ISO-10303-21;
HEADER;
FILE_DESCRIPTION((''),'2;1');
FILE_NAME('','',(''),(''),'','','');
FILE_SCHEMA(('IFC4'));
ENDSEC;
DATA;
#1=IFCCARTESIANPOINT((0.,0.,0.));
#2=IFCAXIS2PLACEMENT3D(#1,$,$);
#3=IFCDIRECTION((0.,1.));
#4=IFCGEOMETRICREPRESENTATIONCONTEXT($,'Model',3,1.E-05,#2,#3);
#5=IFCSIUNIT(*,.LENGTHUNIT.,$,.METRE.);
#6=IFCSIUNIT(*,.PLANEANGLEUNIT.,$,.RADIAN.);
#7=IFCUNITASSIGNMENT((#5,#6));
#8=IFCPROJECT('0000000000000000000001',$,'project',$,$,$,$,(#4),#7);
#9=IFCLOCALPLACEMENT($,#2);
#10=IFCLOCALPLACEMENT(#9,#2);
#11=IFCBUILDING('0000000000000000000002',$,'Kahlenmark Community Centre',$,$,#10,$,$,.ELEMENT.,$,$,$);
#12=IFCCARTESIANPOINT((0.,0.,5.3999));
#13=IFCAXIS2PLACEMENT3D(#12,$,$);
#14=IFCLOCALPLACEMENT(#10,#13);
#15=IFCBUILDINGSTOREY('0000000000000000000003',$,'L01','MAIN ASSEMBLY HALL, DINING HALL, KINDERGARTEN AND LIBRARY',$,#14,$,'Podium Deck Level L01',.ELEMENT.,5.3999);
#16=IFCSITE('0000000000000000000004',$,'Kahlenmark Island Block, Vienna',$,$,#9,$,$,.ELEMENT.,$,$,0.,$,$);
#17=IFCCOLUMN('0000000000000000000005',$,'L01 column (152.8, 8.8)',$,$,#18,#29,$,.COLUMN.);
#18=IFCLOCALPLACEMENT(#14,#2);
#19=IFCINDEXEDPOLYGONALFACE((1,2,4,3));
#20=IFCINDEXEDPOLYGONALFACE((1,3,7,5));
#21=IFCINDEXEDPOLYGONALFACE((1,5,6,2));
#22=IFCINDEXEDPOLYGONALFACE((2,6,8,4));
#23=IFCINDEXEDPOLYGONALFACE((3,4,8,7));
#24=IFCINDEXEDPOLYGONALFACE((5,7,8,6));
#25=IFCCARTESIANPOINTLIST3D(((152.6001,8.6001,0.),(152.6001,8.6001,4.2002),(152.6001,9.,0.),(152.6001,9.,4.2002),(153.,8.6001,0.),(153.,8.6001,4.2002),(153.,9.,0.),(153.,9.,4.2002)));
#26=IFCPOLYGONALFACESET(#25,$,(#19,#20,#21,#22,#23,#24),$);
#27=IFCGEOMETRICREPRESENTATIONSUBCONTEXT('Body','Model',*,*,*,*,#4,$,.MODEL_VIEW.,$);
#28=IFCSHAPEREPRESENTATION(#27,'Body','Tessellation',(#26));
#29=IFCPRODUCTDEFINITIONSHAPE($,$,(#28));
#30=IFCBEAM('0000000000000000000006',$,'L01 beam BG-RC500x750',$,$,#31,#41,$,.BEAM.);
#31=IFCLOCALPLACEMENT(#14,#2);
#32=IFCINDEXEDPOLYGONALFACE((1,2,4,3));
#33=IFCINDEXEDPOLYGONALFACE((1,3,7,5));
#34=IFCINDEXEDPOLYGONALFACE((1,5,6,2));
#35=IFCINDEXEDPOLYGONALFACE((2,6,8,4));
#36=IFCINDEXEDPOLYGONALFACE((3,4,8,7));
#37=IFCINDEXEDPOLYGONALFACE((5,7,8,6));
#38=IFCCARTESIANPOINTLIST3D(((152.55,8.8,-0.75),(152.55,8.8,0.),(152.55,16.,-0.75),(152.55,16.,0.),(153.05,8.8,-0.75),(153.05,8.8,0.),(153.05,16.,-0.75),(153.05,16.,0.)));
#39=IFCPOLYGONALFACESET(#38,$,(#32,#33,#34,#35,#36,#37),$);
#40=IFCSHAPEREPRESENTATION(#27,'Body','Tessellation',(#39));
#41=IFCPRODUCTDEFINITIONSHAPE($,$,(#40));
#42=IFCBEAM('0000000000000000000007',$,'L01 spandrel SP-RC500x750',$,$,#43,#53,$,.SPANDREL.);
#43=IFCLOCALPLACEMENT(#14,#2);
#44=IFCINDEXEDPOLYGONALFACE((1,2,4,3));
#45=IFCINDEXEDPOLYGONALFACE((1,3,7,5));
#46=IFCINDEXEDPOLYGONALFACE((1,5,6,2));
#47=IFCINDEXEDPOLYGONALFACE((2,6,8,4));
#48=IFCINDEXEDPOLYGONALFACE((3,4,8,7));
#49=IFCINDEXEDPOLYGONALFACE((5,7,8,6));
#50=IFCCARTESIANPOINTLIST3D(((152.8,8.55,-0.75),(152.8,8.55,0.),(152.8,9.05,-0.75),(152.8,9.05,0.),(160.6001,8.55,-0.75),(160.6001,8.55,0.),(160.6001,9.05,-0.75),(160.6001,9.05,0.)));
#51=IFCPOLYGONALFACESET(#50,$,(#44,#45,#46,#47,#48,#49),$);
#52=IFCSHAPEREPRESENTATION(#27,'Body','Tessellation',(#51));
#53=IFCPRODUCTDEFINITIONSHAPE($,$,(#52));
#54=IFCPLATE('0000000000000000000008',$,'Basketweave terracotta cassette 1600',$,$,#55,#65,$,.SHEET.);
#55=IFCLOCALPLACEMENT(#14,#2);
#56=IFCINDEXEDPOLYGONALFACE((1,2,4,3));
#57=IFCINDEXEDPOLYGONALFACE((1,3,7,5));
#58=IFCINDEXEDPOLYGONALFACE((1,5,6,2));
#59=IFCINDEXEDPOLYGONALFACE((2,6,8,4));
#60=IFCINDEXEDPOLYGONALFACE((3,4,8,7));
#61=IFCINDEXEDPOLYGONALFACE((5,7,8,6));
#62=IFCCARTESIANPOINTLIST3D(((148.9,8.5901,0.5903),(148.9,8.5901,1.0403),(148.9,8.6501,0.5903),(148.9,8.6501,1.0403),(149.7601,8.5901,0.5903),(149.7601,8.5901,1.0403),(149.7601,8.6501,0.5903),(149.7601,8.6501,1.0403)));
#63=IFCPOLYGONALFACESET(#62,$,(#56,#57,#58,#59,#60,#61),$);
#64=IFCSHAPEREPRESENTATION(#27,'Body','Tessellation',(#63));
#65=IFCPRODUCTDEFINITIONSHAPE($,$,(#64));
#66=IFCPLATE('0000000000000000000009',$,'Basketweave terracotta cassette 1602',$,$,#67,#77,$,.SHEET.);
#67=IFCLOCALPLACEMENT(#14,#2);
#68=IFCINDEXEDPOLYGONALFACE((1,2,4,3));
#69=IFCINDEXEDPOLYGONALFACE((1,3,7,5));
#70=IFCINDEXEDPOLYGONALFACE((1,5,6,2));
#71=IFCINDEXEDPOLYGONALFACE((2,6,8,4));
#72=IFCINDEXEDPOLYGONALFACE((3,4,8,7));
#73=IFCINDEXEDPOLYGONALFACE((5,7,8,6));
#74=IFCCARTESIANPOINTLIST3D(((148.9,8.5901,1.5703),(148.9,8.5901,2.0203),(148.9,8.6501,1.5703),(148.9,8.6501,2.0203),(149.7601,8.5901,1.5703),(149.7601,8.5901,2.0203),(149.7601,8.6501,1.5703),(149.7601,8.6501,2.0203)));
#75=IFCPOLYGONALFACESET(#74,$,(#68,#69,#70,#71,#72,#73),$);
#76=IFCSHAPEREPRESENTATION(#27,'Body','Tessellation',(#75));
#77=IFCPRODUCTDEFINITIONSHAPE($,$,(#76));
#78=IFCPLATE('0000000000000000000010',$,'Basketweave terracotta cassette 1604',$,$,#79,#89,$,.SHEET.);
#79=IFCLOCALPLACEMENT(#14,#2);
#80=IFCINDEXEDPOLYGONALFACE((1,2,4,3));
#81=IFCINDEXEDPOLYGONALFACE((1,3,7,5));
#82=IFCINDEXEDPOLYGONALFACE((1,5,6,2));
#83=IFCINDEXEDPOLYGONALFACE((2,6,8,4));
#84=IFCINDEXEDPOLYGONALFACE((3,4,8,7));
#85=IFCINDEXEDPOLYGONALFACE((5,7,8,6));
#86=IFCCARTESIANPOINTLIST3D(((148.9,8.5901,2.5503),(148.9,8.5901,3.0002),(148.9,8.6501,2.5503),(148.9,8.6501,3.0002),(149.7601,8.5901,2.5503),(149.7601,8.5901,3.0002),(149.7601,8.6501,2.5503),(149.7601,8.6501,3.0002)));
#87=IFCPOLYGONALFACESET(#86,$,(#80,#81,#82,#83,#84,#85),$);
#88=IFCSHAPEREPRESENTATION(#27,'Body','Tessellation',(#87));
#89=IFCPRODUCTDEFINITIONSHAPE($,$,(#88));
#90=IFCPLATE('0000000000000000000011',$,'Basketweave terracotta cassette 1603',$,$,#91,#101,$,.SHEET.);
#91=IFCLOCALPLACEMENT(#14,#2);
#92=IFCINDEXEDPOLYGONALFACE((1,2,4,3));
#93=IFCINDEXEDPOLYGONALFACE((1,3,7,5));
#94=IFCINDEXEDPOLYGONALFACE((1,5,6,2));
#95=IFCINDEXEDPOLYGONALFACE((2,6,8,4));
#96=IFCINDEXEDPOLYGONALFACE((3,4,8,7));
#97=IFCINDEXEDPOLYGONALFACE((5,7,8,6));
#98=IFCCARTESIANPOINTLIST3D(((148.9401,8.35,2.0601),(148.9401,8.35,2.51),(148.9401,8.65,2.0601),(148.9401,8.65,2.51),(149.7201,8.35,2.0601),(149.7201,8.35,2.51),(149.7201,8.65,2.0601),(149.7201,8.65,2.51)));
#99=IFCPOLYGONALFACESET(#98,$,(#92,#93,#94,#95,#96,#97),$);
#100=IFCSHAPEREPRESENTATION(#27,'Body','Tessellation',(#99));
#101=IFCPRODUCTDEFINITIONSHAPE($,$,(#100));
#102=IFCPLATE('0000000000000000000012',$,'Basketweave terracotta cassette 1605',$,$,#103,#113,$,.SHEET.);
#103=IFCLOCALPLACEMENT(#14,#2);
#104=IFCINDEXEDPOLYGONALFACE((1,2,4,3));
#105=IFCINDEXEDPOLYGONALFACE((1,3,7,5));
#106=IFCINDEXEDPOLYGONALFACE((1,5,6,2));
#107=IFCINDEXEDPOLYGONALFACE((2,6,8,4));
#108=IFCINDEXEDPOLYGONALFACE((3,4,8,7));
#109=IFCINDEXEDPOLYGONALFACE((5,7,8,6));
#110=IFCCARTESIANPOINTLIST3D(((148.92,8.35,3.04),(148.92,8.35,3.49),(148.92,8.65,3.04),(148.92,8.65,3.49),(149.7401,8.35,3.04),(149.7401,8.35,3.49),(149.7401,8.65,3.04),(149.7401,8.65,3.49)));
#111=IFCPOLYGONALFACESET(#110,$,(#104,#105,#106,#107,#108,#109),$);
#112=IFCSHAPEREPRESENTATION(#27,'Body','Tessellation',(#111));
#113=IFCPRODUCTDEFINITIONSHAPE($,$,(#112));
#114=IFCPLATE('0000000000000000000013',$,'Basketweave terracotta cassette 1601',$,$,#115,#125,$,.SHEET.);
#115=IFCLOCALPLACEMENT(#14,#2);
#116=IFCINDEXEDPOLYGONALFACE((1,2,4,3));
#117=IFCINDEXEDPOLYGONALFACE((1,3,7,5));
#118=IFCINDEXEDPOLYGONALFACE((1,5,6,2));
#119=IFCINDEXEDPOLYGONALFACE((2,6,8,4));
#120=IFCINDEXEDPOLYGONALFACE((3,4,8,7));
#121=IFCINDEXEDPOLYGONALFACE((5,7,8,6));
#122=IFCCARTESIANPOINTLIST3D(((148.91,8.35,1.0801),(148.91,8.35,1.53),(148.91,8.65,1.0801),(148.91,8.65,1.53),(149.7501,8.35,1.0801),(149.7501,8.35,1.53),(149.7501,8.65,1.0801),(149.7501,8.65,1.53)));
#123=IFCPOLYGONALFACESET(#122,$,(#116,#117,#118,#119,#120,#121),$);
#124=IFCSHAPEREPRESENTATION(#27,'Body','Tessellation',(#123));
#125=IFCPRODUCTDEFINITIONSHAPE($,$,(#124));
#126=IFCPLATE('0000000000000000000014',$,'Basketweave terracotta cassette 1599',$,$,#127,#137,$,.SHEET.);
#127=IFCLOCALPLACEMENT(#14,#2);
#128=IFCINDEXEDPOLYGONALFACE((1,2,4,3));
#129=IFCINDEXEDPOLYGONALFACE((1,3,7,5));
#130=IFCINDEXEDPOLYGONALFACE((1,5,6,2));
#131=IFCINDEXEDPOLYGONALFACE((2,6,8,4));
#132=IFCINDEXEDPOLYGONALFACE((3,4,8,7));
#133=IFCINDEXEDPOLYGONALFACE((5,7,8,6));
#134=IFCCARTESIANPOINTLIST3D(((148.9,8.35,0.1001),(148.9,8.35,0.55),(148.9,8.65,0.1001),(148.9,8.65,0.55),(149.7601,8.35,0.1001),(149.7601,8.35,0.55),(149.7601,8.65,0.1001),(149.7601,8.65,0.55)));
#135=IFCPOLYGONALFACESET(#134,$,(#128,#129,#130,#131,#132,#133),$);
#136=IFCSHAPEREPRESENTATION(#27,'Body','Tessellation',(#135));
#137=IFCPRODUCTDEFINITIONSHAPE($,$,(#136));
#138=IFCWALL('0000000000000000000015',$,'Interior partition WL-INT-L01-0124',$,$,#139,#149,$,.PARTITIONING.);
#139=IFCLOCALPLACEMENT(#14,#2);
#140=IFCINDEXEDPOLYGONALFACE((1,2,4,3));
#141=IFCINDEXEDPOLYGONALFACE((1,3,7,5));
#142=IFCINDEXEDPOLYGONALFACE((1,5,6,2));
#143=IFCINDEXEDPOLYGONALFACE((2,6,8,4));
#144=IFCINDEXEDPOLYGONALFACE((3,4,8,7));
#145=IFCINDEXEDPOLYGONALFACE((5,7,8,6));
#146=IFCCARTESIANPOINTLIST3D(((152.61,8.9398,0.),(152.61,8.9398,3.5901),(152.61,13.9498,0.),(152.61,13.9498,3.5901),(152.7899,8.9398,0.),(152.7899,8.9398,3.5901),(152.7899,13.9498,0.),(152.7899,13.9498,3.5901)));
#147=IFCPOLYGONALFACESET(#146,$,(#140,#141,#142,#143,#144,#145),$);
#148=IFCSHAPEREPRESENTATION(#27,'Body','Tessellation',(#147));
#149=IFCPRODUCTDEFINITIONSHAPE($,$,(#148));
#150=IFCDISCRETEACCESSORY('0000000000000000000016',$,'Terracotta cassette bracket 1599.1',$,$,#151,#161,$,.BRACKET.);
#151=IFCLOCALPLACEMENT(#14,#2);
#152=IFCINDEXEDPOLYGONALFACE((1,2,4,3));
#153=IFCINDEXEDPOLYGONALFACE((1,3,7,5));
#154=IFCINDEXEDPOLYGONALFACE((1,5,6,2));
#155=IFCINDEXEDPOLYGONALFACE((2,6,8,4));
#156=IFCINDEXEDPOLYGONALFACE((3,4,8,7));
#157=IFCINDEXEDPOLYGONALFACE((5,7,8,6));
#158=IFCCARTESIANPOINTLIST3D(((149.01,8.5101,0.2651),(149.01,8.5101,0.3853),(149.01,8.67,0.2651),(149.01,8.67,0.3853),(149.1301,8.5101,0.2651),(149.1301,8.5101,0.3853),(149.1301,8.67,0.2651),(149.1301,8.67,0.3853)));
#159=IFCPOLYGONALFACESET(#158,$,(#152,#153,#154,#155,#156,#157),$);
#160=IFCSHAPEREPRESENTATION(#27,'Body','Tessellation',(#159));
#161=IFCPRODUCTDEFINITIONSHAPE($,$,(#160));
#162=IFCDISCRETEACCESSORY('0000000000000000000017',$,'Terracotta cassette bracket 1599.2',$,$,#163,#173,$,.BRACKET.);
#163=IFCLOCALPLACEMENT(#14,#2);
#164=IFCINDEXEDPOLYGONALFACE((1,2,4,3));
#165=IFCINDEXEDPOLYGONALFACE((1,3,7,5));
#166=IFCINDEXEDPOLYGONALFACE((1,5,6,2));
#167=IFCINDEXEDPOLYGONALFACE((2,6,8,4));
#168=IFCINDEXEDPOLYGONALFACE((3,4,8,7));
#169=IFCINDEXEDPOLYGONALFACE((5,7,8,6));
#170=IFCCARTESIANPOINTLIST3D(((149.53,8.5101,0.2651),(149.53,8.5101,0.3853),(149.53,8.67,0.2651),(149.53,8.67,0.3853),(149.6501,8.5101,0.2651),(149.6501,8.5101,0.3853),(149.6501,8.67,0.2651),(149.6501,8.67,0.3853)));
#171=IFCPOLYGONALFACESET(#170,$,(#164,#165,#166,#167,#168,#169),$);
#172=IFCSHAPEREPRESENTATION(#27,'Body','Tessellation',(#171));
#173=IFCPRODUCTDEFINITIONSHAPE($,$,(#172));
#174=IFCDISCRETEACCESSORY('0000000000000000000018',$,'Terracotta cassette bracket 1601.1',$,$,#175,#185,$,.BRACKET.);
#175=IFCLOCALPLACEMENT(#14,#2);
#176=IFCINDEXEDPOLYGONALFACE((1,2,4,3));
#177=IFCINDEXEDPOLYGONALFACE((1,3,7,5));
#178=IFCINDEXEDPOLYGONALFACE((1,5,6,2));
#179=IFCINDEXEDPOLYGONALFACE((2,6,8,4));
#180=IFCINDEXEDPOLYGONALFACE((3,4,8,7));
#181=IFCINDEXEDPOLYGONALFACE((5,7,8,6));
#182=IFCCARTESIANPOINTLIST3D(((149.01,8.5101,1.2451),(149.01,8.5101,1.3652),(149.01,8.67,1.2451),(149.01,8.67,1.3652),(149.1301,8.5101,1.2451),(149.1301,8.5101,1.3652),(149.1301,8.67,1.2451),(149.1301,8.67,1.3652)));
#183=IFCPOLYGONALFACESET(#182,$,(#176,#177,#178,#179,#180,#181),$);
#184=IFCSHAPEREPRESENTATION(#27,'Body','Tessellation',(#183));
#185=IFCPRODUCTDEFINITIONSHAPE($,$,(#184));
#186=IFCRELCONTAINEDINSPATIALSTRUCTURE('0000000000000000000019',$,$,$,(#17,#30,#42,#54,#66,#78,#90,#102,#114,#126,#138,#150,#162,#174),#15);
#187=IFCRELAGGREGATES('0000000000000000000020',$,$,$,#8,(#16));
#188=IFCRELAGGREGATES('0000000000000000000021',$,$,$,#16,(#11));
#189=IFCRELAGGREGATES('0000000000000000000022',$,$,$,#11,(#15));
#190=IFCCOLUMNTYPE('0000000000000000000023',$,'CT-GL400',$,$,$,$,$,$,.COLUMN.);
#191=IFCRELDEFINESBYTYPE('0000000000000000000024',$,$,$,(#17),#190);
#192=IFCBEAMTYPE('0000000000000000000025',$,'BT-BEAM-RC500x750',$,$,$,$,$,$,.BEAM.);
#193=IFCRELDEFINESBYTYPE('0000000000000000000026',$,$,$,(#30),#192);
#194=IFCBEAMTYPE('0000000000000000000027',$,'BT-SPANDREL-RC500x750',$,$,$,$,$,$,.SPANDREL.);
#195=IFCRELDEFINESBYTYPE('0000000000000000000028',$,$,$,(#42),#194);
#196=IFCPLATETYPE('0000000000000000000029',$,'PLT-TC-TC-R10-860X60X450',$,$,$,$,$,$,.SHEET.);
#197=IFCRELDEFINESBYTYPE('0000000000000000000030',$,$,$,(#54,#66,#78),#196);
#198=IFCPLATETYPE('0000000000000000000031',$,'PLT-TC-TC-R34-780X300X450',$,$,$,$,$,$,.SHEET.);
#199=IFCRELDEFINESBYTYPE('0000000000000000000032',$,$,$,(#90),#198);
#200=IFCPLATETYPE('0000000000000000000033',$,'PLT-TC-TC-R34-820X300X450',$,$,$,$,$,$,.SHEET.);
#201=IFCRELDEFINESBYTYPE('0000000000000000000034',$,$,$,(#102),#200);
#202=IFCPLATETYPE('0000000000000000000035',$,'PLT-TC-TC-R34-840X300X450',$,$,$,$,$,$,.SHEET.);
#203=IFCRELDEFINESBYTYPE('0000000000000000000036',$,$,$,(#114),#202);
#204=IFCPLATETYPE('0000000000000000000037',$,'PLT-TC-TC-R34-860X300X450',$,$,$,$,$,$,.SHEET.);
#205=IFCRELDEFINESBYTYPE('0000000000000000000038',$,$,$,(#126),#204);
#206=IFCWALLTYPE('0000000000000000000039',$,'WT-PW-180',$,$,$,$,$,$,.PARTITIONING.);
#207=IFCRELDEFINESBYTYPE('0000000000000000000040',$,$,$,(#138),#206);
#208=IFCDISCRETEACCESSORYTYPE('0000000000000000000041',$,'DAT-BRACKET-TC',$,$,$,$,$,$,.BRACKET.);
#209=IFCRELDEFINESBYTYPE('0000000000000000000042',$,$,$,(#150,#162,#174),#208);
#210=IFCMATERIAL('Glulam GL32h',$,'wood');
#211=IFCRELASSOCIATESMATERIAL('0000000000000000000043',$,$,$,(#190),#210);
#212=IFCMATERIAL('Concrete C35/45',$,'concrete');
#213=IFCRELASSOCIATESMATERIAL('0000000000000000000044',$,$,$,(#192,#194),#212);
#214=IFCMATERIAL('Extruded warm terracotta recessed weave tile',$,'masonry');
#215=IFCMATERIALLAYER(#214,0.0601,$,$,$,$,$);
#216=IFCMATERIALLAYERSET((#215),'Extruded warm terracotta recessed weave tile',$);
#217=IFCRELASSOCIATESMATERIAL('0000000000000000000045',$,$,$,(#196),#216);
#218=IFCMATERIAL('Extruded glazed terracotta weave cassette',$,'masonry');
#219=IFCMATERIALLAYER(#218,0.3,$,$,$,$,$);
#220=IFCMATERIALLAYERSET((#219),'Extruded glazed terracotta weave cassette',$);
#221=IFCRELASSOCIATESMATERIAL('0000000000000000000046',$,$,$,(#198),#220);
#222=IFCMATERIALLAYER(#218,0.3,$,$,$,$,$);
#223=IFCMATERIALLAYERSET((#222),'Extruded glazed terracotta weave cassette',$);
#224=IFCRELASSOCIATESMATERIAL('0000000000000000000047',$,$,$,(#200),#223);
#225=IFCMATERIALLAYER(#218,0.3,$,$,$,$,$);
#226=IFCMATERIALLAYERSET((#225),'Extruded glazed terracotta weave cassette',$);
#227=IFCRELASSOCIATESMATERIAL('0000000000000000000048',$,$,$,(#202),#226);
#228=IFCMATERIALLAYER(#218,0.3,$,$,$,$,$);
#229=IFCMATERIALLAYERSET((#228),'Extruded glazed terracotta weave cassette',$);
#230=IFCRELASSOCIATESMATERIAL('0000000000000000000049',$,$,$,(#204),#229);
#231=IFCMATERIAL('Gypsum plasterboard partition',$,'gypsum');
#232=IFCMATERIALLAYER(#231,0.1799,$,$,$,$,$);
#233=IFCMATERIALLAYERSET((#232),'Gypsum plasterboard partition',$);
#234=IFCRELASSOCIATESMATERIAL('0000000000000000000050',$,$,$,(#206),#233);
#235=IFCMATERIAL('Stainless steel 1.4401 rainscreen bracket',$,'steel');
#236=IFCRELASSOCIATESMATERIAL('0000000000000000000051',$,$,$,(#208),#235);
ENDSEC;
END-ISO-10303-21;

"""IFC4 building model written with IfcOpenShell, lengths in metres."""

from ifc_helpers import new_model, si_unit, direction, frame, frame_2d, origin, origin_2d, place, context, subcontext, project, spatial, rectangle, extrude, material, layer, layer_set, material_profile, profile_set, type_object, element, save


model = new_model("IFC4")

# Units and contexts
model_context = context("Model", 3, precision=1e-05, world=origin(), true_north=direction((0.0, 1.0)))
body_context = subcontext(model_context, "Body", "Model", "MODEL_VIEW")
ifc_project = project(units=[si_unit("LENGTHUNIT", "METRE"), si_unit("PLANEANGLEUNIT", "RADIAN")], contexts=[model_context])

# Site, building, storey
site_placement = place(None, origin())
site = spatial("IfcSite", under=ifc_project, at=site_placement, Name="Kahlenmark Island Block, Vienna", CompositionType="ELEMENT", RefElevation=0.0)
building_placement = place(site_placement, origin())
building = spatial("IfcBuilding", under=site, at=building_placement, Name="Kahlenmark Community Centre", CompositionType="ELEMENT")
storey_placement = place(building_placement, frame((0.0, 0.0, 5.3999)))
storey = spatial("IfcBuildingStorey", under=building, at=storey_placement, Name="L01", Description="MAIN ASSEMBLY HALL, DINING HALL, KINDERGARTEN AND LIBRARY", LongName="Podium Deck Level L01", CompositionType="ELEMENT", Elevation=5.3999)

# Column
ifc_material_1 = material(Name="Glulam GL32h", Category="wood")
ifc_material_profile_1 = material_profile(ifc_material_1, rectangle(XDim=0.3999, YDim=0.3999, at=origin_2d()), Name="GL32h 400x400")
ifc_profile_set_1 = profile_set([ifc_material_profile_1], Name="Glulam GL32h")
column_type = type_object("IfcColumnType", Name="CT-GL400", PredefinedType="COLUMN", material=ifc_profile_set_1)
column_placement = place(storey_placement, frame((152.8, 8.8, 0.0), z_axis=(0.0, 0.0, 1.0), x_axis=(1.0, 0.0, 0.0)))
element("IfcColumn", 1, at=column_placement, inside=storey, type_object=column_type, Name="L01 column (152.8, 8.8)", PredefinedType="COLUMN", context=body_context, shape_type="SweptSolid", body=[
    extrude(rectangle(XDim=0.3999, YDim=0.3999, at=origin_2d()), origin(), (0.0, 0.0, 1.0), 4.2002),
])

# Beams
ifc_material_2 = material(Name="Concrete C35/45", Category="concrete")
ifc_material_profile_2 = material_profile(ifc_material_2, rectangle(XDim=0.5, YDim=0.75, at=origin_2d()), Name="RC 500x750")
ifc_profile_set_2 = profile_set([ifc_material_profile_2], Name="Concrete C35/45")
beam_type_1 = type_object("IfcBeamType", Name="BT-BEAM-RC500x750", PredefinedType="BEAM", material=ifc_profile_set_2)
beam_1_placement = place(storey_placement, frame((152.8, 8.8, -0.375), z_axis=(0.0, 1.0, 0.0), x_axis=(-1.0, 0.0, 0.0)))
element("IfcBeam", 2, at=beam_1_placement, inside=storey, type_object=beam_type_1, Name="L01 beam BG-RC500x750", PredefinedType="BEAM", context=body_context, shape_type="SweptSolid", body=[
    extrude(rectangle(XDim=0.5, YDim=0.75, at=origin_2d()), origin(), (0.0, 0.0, 1.0), 7.2),
])
ifc_material_profile_3 = material_profile(ifc_material_2, rectangle(XDim=0.5, YDim=0.75, at=origin_2d()), Name="RC 500x750")
ifc_profile_set_3 = profile_set([ifc_material_profile_3], Name="Concrete C35/45")
beam_type_2 = type_object("IfcBeamType", Name="BT-SPANDREL-RC500x750", PredefinedType="SPANDREL", material=ifc_profile_set_3)
beam_2_placement = place(storey_placement, frame((152.8, 8.8, -0.375), z_axis=(1.0, 0.0, 0.0), x_axis=(0.0, 1.0, 0.0)))
element("IfcBeam", 3, at=beam_2_placement, inside=storey, type_object=beam_type_2, Name="L01 spandrel SP-RC500x750", PredefinedType="SPANDREL", context=body_context, shape_type="SweptSolid", body=[
    extrude(rectangle(XDim=0.5, YDim=0.75, at=origin_2d()), origin(), (0.0, 0.0, 1.0), 7.8),
])

# Plates
ifc_material_3 = material(Name="Extruded warm terracotta recessed weave tile", Category="masonry")
ifc_layer_1 = layer(ifc_material_3, 0.0601)
ifc_layer_set_1 = layer_set([ifc_layer_1], Name="Extruded warm terracotta recessed weave tile")
plate_type_1 = type_object("IfcPlateType", Name="PLT-TC-TC-R10-860X60X450", PredefinedType="SHEET", material=ifc_layer_set_1)
for number, where, z_axis, x_axis, name in (
    (4, (149.3301, 8.6201, 0.5903), (0.0, 0.0, 1.0), (1.0, 0.0, 0.0), "Basketweave terracotta cassette 1600"),
    (5, (149.3301, 8.6201, 1.5703), (0.0, 0.0, 1.0), (1.0, 0.0, 0.0), "Basketweave terracotta cassette 1602"),
    (6, (149.3301, 8.6201, 2.5503), (0.0, 0.0, 1.0), (1.0, 0.0, 0.0), "Basketweave terracotta cassette 1604"),
):
    element("IfcPlate", number, at=place(storey_placement, frame(where, z_axis=z_axis, x_axis=x_axis)), inside=storey, type_object=plate_type_1, Name=name, PredefinedType="SHEET", context=body_context, shape_type="SweptSolid", body=[
        extrude(rectangle(XDim=0.8601, YDim=0.0601, at=origin_2d()), origin(), (0.0, 0.0, 1.0), 0.45),
    ])
ifc_material_4 = material(Name="Extruded glazed terracotta weave cassette", Category="masonry")
ifc_layer_2 = layer(ifc_material_4, 0.3)
ifc_layer_set_2 = layer_set([ifc_layer_2], Name="Extruded glazed terracotta weave cassette")
plate_type_2 = type_object("IfcPlateType", Name="PLT-TC-TC-R34-780X300X450", PredefinedType="SHEET", material=ifc_layer_set_2)
plate_1_placement = place(storey_placement, frame((149.3301, 8.5, 2.0601), z_axis=(0.0, 0.0, 1.0), x_axis=(1.0, 0.0, 0.0)))
element("IfcPlate", 7, at=plate_1_placement, inside=storey, type_object=plate_type_2, Name="Basketweave terracotta cassette 1603", PredefinedType="SHEET", context=body_context, shape_type="SweptSolid", body=[
    extrude(rectangle(XDim=0.78, YDim=0.3, at=origin_2d()), origin(), (0.0, 0.0, 1.0), 0.45),
])
ifc_layer_3 = layer(ifc_material_4, 0.3)
ifc_layer_set_3 = layer_set([ifc_layer_3], Name="Extruded glazed terracotta weave cassette")
plate_type_3 = type_object("IfcPlateType", Name="PLT-TC-TC-R34-820X300X450", PredefinedType="SHEET", material=ifc_layer_set_3)
plate_2_placement = place(storey_placement, frame((149.3301, 8.5, 3.04), z_axis=(0.0, 0.0, 1.0), x_axis=(1.0, 0.0, 0.0)))
element("IfcPlate", 8, at=plate_2_placement, inside=storey, type_object=plate_type_3, Name="Basketweave terracotta cassette 1605", PredefinedType="SHEET", context=body_context, shape_type="SweptSolid", body=[
    extrude(rectangle(XDim=0.8201, YDim=0.3, at=origin_2d()), origin(), (0.0, 0.0, 1.0), 0.45),
])
ifc_layer_4 = layer(ifc_material_4, 0.3)
ifc_layer_set_4 = layer_set([ifc_layer_4], Name="Extruded glazed terracotta weave cassette")
plate_type_4 = type_object("IfcPlateType", Name="PLT-TC-TC-R34-840X300X450", PredefinedType="SHEET", material=ifc_layer_set_4)
plate_3_placement = place(storey_placement, frame((149.3301, 8.5, 1.0801), z_axis=(0.0, 0.0, 1.0), x_axis=(1.0, 0.0, 0.0)))
element("IfcPlate", 9, at=plate_3_placement, inside=storey, type_object=plate_type_4, Name="Basketweave terracotta cassette 1601", PredefinedType="SHEET", context=body_context, shape_type="SweptSolid", body=[
    extrude(rectangle(XDim=0.8401, YDim=0.3, at=origin_2d()), origin(), (0.0, 0.0, 1.0), 0.45),
])
ifc_layer_5 = layer(ifc_material_4, 0.3)
ifc_layer_set_5 = layer_set([ifc_layer_5], Name="Extruded glazed terracotta weave cassette")
plate_type_5 = type_object("IfcPlateType", Name="PLT-TC-TC-R34-860X300X450", PredefinedType="SHEET", material=ifc_layer_set_5)
plate_4_placement = place(storey_placement, frame((149.3301, 8.5, 0.1001), z_axis=(0.0, 0.0, 1.0), x_axis=(1.0, 0.0, 0.0)))
element("IfcPlate", 10, at=plate_4_placement, inside=storey, type_object=plate_type_5, Name="Basketweave terracotta cassette 1599", PredefinedType="SHEET", context=body_context, shape_type="SweptSolid", body=[
    extrude(rectangle(XDim=0.8601, YDim=0.3, at=origin_2d()), origin(), (0.0, 0.0, 1.0), 0.45),
])

# Shared definitions
ifc_material_5 = material(Name="Gypsum plasterboard partition", Category="gypsum")
ifc_layer_6 = layer(ifc_material_5, 0.1799)
ifc_layer_set_6 = layer_set([ifc_layer_6], Name="Gypsum plasterboard partition")
wall_type = type_object("IfcWallType", Name="WT-PW-180", PredefinedType="PARTITIONING", material=ifc_layer_set_6)

# Wall
wall_1_placement = place(storey_placement, frame((152.7, 8.9399, 0.0), z_axis=(0.0, 0.0, 1.0), x_axis=(0.0, 1.0, 0.0)))
element("IfcWall", 11, at=wall_1_placement, inside=storey, type_object=wall_type, Name="Interior partition WL-INT-L01-0124", PredefinedType="PARTITIONING", context=body_context, shape_type="SweptSolid", body=[
    extrude(rectangle(XDim=5.01, YDim=0.1799, at=frame_2d((2.5049, 0.0))), origin(), (0.0, 0.0, 1.0), 3.5901),
])

# Discrete accessories
ifc_material_6 = material(Name="Stainless steel 1.4401 rainscreen bracket", Category="steel")
discrete_accessory_type = type_object("IfcDiscreteAccessoryType", Name="DAT-BRACKET-TC", PredefinedType="BRACKET", material=ifc_material_6)
for number, where, z_axis, x_axis, name in (
    (12, (149.0701, 8.5901, 0.2651), (0.0, 0.0, 1.0), (1.0, 0.0, 0.0), "Terracotta cassette bracket 1599.1"),
    (13, (149.5901, 8.5901, 0.2651), (0.0, 0.0, 1.0), (1.0, 0.0, 0.0), "Terracotta cassette bracket 1599.2"),
    (14, (149.0701, 8.5901, 1.2451), (0.0, 0.0, 1.0), (1.0, 0.0, 0.0), "Terracotta cassette bracket 1601.1"),
):
    element("IfcDiscreteAccessory", number, at=place(storey_placement, frame(where, z_axis=z_axis, x_axis=x_axis)), inside=storey, type_object=discrete_accessory_type, Name=name, PredefinedType="BRACKET", context=body_context, shape_type="SweptSolid", body=[
        extrude(rectangle(XDim=0.1201, YDim=0.1599, at=origin_2d()), origin(), (0.0, 0.0, 1.0), 0.1201),
    ])

save(model, "model.ifc")
